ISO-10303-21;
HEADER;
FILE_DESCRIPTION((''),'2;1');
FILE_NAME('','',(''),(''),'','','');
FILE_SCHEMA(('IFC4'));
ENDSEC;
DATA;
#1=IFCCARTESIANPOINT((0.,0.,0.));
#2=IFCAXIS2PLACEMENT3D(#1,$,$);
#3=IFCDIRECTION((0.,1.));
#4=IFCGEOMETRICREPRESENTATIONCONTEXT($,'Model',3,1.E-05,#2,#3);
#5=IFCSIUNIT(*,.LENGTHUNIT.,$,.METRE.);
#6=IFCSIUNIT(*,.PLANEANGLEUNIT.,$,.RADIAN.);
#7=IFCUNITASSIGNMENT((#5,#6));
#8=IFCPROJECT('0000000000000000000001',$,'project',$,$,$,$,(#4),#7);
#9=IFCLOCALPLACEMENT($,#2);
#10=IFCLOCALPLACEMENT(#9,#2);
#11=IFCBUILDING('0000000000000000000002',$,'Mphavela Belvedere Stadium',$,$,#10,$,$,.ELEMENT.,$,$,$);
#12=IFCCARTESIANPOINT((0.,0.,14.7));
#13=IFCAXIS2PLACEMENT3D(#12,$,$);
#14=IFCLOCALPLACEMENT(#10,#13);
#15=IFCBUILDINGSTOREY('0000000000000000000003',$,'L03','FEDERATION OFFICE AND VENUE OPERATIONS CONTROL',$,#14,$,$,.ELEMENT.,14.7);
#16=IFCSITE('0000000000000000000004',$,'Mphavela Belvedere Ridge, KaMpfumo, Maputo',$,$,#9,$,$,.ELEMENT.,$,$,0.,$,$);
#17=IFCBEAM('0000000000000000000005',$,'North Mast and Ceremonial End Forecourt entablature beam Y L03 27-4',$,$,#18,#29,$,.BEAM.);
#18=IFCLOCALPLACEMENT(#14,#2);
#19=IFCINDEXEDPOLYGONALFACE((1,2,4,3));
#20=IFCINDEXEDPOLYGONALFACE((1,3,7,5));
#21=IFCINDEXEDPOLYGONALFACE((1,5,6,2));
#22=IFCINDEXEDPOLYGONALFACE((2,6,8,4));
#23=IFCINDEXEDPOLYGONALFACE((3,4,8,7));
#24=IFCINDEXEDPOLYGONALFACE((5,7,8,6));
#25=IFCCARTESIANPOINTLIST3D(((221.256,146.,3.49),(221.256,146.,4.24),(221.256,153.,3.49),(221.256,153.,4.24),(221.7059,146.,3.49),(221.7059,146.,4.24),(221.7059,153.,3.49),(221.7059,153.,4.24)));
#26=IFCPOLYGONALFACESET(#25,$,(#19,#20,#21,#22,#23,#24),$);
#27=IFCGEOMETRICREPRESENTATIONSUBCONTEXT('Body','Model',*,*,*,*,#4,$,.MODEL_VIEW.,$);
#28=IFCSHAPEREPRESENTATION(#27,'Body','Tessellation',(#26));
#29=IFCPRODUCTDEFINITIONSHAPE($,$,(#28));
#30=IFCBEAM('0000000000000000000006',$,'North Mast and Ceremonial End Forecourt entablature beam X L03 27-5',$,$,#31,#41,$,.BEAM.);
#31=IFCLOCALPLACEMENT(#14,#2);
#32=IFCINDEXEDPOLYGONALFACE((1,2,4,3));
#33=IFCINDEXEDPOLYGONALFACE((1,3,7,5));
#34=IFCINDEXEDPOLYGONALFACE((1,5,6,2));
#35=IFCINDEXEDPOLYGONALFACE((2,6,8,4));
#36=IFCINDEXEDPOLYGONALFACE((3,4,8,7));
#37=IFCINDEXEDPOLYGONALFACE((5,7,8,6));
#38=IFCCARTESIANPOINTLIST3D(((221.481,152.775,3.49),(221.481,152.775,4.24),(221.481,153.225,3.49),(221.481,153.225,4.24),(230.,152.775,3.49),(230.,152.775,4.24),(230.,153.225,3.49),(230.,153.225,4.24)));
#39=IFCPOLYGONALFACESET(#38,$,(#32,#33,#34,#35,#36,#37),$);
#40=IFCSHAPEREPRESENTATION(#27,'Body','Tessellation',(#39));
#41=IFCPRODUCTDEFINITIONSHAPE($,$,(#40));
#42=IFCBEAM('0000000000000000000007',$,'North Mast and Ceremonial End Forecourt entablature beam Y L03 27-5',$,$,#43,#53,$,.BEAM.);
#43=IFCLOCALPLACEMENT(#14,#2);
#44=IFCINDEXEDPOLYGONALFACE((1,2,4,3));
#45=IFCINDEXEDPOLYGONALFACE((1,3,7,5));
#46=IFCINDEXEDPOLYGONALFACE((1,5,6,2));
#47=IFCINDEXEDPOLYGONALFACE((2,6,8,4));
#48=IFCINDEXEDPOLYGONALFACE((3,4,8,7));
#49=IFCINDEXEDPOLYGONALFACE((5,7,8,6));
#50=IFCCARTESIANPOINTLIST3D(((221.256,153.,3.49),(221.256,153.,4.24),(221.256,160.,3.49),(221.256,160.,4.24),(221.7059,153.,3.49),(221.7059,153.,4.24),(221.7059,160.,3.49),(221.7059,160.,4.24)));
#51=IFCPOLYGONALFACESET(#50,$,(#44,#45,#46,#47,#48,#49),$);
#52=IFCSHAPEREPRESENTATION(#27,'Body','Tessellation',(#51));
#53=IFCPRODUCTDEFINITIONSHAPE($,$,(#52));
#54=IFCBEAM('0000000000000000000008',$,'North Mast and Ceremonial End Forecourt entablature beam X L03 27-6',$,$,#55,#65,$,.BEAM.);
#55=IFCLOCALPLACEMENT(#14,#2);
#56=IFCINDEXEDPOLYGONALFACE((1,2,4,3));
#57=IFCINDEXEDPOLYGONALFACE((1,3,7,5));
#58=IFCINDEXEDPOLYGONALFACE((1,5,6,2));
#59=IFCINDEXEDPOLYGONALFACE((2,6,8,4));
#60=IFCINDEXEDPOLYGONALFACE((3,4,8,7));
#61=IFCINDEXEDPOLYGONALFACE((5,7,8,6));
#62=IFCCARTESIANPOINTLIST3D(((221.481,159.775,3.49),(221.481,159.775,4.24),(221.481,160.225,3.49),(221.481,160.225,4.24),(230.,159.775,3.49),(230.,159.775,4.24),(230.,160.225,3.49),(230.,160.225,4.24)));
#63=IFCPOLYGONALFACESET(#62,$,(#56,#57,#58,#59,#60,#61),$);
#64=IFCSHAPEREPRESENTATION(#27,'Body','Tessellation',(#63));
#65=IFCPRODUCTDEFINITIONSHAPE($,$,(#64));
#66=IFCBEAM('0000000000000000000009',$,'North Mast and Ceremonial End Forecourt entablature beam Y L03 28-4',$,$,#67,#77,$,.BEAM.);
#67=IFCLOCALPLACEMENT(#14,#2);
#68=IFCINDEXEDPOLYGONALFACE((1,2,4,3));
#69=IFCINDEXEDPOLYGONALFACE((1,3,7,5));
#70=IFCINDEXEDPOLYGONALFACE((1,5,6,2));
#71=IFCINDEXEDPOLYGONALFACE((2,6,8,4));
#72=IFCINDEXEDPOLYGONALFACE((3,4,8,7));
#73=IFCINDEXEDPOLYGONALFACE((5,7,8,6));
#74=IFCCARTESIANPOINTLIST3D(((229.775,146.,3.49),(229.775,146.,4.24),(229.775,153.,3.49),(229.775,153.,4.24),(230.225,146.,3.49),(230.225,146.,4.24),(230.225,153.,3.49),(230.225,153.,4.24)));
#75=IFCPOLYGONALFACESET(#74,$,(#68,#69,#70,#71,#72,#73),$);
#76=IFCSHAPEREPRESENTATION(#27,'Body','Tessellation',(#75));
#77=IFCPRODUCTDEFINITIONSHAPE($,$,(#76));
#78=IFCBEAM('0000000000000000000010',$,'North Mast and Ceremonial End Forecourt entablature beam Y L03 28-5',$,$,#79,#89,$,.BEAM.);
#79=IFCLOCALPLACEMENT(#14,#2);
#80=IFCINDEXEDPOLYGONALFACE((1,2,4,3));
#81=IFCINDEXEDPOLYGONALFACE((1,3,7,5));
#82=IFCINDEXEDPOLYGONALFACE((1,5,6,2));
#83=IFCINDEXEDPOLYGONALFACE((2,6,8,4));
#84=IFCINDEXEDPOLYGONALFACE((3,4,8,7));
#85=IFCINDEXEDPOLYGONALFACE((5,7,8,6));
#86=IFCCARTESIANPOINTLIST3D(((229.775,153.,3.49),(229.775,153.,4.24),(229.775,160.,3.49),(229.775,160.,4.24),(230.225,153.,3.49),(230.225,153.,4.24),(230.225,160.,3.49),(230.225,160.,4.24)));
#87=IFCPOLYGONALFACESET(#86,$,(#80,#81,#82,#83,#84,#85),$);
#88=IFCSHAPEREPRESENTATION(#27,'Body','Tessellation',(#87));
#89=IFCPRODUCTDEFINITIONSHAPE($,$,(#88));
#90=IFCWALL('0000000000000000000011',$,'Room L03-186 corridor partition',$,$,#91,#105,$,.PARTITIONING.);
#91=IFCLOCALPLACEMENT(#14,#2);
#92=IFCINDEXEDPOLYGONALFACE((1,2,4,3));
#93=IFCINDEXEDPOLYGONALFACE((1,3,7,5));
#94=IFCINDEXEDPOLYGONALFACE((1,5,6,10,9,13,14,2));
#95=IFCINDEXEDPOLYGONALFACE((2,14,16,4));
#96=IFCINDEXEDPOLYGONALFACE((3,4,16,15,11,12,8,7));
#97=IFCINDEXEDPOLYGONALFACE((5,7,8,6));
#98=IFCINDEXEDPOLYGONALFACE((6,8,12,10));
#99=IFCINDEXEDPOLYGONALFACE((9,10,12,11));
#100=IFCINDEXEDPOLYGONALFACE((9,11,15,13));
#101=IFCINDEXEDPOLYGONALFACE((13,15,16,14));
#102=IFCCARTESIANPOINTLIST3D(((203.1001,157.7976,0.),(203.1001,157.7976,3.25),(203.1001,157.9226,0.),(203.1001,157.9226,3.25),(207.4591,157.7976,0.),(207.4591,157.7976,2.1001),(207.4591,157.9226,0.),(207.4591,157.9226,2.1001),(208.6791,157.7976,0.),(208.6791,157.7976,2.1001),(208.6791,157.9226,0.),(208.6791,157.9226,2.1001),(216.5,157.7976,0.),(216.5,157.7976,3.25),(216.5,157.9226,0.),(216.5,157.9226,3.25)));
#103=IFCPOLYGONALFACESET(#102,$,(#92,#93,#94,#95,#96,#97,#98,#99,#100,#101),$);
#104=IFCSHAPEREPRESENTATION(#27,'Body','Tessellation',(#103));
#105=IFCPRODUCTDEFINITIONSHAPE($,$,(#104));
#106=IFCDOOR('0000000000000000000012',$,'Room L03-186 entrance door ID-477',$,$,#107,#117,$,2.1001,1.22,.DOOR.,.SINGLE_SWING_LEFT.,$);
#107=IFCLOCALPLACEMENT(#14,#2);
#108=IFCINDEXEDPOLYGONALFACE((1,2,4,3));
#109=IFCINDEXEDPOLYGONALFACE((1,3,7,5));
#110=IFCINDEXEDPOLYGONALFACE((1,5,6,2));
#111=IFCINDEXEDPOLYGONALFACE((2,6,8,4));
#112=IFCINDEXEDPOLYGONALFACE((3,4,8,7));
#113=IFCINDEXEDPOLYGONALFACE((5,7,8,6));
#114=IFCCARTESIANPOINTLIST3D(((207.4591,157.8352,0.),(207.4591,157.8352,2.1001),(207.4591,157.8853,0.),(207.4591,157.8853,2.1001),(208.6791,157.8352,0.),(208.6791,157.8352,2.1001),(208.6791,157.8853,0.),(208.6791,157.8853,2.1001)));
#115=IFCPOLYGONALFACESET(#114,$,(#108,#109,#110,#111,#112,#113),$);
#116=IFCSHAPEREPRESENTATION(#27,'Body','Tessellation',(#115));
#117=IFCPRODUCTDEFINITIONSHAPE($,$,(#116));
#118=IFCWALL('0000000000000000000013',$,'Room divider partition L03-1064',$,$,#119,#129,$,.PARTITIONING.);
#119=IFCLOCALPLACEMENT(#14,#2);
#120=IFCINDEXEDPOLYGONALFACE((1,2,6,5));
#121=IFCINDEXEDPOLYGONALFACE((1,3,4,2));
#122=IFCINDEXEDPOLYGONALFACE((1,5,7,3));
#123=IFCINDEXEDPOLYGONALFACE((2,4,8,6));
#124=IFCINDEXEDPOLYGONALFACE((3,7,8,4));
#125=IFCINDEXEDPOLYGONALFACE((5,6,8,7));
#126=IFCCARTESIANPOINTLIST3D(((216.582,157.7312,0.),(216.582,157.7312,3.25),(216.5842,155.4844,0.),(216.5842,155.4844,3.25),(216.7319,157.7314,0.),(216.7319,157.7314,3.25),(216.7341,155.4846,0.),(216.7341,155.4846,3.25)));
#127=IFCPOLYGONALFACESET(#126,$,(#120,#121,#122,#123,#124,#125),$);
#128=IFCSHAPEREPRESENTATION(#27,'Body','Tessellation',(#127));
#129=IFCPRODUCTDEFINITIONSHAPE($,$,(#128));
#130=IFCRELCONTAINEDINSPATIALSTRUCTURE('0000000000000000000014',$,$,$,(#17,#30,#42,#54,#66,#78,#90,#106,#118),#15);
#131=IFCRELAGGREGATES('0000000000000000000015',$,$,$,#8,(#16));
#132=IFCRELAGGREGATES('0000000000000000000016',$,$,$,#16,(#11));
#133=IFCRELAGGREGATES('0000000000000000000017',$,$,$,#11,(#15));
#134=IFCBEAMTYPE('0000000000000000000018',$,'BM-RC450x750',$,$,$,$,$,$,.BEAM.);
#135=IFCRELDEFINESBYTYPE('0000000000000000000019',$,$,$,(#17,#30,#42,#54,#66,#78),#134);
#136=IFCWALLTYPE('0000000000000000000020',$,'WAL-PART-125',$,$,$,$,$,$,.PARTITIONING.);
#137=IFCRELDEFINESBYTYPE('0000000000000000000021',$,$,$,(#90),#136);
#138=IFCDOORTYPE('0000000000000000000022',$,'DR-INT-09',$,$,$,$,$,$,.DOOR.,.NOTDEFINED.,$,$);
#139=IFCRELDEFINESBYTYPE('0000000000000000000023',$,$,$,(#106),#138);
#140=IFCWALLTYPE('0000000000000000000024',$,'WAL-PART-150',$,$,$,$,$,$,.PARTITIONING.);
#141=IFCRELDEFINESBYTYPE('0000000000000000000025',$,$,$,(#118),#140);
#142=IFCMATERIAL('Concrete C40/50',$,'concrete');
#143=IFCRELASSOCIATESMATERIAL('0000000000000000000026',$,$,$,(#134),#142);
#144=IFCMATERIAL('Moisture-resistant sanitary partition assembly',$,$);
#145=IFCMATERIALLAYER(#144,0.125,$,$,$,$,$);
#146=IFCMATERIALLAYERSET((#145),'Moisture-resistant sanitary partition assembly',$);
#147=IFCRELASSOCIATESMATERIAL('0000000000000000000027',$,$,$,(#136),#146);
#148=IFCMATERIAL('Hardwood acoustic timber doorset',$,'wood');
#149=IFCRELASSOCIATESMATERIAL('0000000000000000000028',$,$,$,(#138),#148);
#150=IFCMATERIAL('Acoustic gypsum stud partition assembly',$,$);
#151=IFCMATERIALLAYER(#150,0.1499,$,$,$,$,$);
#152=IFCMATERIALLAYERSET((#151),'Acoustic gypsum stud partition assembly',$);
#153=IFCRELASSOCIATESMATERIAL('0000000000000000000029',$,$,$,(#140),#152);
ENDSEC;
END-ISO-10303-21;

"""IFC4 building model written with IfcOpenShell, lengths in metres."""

from ifc_helpers import new_model, si_unit, direction, frame, frame_2d, origin, origin_2d, place, context, subcontext, project, spatial, rectangle, extrude, material, layer, layer_set, material_profile, profile_set, type_object, element, fill, save


model = new_model("IFC4")

# Units and contexts
model_context = context("Model", 3, precision=1e-05, world=origin(), true_north=direction((0.0, 1.0)))
body_context = subcontext(model_context, "Body", "Model", "MODEL_VIEW")
ifc_project = project(units=[si_unit("LENGTHUNIT", "METRE"), si_unit("PLANEANGLEUNIT", "RADIAN")], contexts=[model_context])

# Site, building, storey
site_placement = place(None, origin())
site = spatial("IfcSite", under=ifc_project, at=site_placement, Name="Mphavela Belvedere Ridge, KaMpfumo, Maputo", CompositionType="ELEMENT", RefElevation=0.0)
building_placement = place(site_placement, origin())
building = spatial("IfcBuilding", under=site, at=building_placement, Name="Mphavela Belvedere Stadium", CompositionType="ELEMENT")
storey_placement = place(building_placement, frame((0.0, 0.0, 14.7)))
storey = spatial("IfcBuildingStorey", under=building, at=storey_placement, Name="L03", Description="FEDERATION OFFICE AND VENUE OPERATIONS CONTROL", CompositionType="ELEMENT", Elevation=14.7)

# Beams
ifc_material_1 = material(Name="Concrete C40/50", Category="concrete")
ifc_material_profile_1 = material_profile(ifc_material_1, rectangle(XDim=0.45, YDim=0.75, at=origin_2d()), Name="RC 450x750")
ifc_profile_set_1 = profile_set([ifc_material_profile_1], Name="Concrete C40/50")
beam_type_1 = type_object("IfcBeamType", Name="BM-RC450x750", PredefinedType="BEAM", material=ifc_profile_set_1)
beam_1_placement = place(storey_placement, frame((221.481, 146.0, 3.865), z_axis=(0.0, 1.0, 0.0), x_axis=(-1.0, 0.0, 0.0)))
element("IfcBeam", 1, at=beam_1_placement, inside=storey, type_object=beam_type_1, Name="North Mast and Ceremonial End Forecourt entablature beam Y L03 27-4", PredefinedType="BEAM", context=body_context, shape_type="SweptSolid", body=[
    extrude(rectangle(XDim=0.45, YDim=0.75, at=origin_2d()), origin(), (0.0, 0.0, 1.0), 7.0),
])
beam_2_placement = place(storey_placement, frame((221.481, 153.0, 3.865), z_axis=(1.0, 0.0, 0.0), x_axis=(0.0, 1.0, 0.0)))
element("IfcBeam", 2, at=beam_2_placement, inside=storey, type_object=beam_type_1, Name="North Mast and Ceremonial End Forecourt entablature beam X L03 27-5", PredefinedType="BEAM", context=body_context, shape_type="SweptSolid", body=[
    extrude(rectangle(XDim=0.45, YDim=0.75, at=origin_2d()), origin(), (0.0, 0.0, 1.0), 8.519),
])
beam_3_placement = place(storey_placement, frame((221.481, 153.0, 3.865), z_axis=(0.0, 1.0, 0.0), x_axis=(-1.0, 0.0, 0.0)))
element("IfcBeam", 3, at=beam_3_placement, inside=storey, type_object=beam_type_1, Name="North Mast and Ceremonial End Forecourt entablature beam Y L03 27-5", PredefinedType="BEAM", context=body_context, shape_type="SweptSolid", body=[
    extrude(rectangle(XDim=0.45, YDim=0.75, at=origin_2d()), origin(), (0.0, 0.0, 1.0), 7.0),
])
beam_4_placement = place(storey_placement, frame((221.481, 160.0, 3.865), z_axis=(1.0, 0.0, 0.0), x_axis=(0.0, 1.0, 0.0)))
element("IfcBeam", 4, at=beam_4_placement, inside=storey, type_object=beam_type_1, Name="North Mast and Ceremonial End Forecourt entablature beam X L03 27-6", PredefinedType="BEAM", context=body_context, shape_type="SweptSolid", body=[
    extrude(rectangle(XDim=0.45, YDim=0.75, at=origin_2d()), origin(), (0.0, 0.0, 1.0), 8.519),
])
for number, where, z_axis, x_axis, name in (
    (5, (230.0, 146.0, 3.865), (0.0, 1.0, 0.0), (-1.0, 0.0, 0.0), "North Mast and Ceremonial End Forecourt entablature beam Y L03 28-4"),
    (6, (230.0, 153.0, 3.865), (0.0, 1.0, 0.0), (-1.0, 0.0, 0.0), "North Mast and Ceremonial End Forecourt entablature beam Y L03 28-5"),
):
    element("IfcBeam", number, at=place(storey_placement, frame(where, z_axis=z_axis, x_axis=x_axis)), inside=storey, type_object=beam_type_1, Name=name, PredefinedType="BEAM", context=body_context, shape_type="SweptSolid", body=[
        extrude(rectangle(XDim=0.45, YDim=0.75, at=origin_2d()), origin(), (0.0, 0.0, 1.0), 7.0),
    ])

# Wall, opening, door
ifc_material_2 = material(Name="Moisture-resistant sanitary partition assembly")
ifc_layer_1 = layer(ifc_material_2, 0.125)
ifc_layer_set_1 = layer_set([ifc_layer_1], Name="Moisture-resistant sanitary partition assembly")
wall_type_1 = type_object("IfcWallType", Name="WAL-PART-125", PredefinedType="PARTITIONING", material=ifc_layer_set_1)
wall_1_placement = place(storey_placement, frame((216.5, 157.8601, 0.0), z_axis=(0.0, 0.0, 1.0), x_axis=(-1.0, 0.0, 0.0)))
wall_1 = element("IfcWall", 7, at=wall_1_placement, inside=storey, type_object=wall_type_1, Name="Room L03-186 corridor partition", PredefinedType="PARTITIONING", context=body_context, shape_type="SweptSolid", body=[
    extrude(rectangle(XDim=13.3999, YDim=0.125, at=frame_2d((6.7, 0.0))), origin(), (0.0, 0.0, 1.0), 3.25),
])
opening_placement = place(wall_1_placement, frame((7.821, 0.0, 0.0)))
opening = element("IfcOpeningElement", 8, at=opening_placement, cuts=wall_1, PredefinedType="OPENING", context=body_context, shape_type="SweptSolid", body=[
    extrude(rectangle(XDim=1.22, YDim=2.1001, at=frame_2d((0.6099, 1.05))), frame((0.0, 0.0725, 0.0), z_axis=(0.0, -1.0, 0.0), x_axis=(1.0, 0.0, 0.0)), (0.0, 0.0, 1.0), 0.145),
])
ifc_material_3 = material(Name="Hardwood acoustic timber doorset", Category="wood")
door_type = type_object("IfcDoorType", Name="DR-INT-09", OperationType="NOTDEFINED", PredefinedType="DOOR", material=ifc_material_3)
door_placement = place(opening_placement, origin())
door = element("IfcDoor", 9, at=door_placement, inside=storey, type_object=door_type, Name="Room L03-186 entrance door ID-477", OperationType="SINGLE_SWING_LEFT", OverallHeight=2.1001, OverallWidth=1.22, PredefinedType="DOOR", context=body_context, shape_type="SweptSolid", body=[
    extrude(rectangle(XDim=1.22, YDim=2.1001, at=frame_2d((0.6099, 1.05))), frame((0.0, 0.0249, 0.0), z_axis=(0.0, -1.0, 0.0), x_axis=(1.0, 0.0, 0.0)), (0.0, 0.0, 1.0), 0.05),
])
fill(opening, door)

# Wall
ifc_material_4 = material(Name="Acoustic gypsum stud partition assembly")
ifc_layer_2 = layer(ifc_material_4, 0.1499)
ifc_layer_set_2 = layer_set([ifc_layer_2], Name="Acoustic gypsum stud partition assembly")
wall_type_2 = type_object("IfcWallType", Name="WAL-PART-150", PredefinedType="PARTITIONING", material=ifc_layer_set_2)
wall_2_placement = place(storey_placement, frame((216.6592, 155.4844, 0.0), z_axis=(0.0, 0.0, 1.0), x_axis=(-0.000978, 1.0, 0.0)))
element("IfcWall", 10, at=wall_2_placement, inside=storey, type_object=wall_type_2, Name="Room divider partition L03-1064", PredefinedType="PARTITIONING", context=body_context, shape_type="SweptSolid", body=[
    extrude(rectangle(XDim=2.2468, YDim=0.1499, at=frame_2d((1.1235, 0.0))), origin(), (0.0, 0.0, 1.0), 3.25),
])

save(model, "model.ifc")
